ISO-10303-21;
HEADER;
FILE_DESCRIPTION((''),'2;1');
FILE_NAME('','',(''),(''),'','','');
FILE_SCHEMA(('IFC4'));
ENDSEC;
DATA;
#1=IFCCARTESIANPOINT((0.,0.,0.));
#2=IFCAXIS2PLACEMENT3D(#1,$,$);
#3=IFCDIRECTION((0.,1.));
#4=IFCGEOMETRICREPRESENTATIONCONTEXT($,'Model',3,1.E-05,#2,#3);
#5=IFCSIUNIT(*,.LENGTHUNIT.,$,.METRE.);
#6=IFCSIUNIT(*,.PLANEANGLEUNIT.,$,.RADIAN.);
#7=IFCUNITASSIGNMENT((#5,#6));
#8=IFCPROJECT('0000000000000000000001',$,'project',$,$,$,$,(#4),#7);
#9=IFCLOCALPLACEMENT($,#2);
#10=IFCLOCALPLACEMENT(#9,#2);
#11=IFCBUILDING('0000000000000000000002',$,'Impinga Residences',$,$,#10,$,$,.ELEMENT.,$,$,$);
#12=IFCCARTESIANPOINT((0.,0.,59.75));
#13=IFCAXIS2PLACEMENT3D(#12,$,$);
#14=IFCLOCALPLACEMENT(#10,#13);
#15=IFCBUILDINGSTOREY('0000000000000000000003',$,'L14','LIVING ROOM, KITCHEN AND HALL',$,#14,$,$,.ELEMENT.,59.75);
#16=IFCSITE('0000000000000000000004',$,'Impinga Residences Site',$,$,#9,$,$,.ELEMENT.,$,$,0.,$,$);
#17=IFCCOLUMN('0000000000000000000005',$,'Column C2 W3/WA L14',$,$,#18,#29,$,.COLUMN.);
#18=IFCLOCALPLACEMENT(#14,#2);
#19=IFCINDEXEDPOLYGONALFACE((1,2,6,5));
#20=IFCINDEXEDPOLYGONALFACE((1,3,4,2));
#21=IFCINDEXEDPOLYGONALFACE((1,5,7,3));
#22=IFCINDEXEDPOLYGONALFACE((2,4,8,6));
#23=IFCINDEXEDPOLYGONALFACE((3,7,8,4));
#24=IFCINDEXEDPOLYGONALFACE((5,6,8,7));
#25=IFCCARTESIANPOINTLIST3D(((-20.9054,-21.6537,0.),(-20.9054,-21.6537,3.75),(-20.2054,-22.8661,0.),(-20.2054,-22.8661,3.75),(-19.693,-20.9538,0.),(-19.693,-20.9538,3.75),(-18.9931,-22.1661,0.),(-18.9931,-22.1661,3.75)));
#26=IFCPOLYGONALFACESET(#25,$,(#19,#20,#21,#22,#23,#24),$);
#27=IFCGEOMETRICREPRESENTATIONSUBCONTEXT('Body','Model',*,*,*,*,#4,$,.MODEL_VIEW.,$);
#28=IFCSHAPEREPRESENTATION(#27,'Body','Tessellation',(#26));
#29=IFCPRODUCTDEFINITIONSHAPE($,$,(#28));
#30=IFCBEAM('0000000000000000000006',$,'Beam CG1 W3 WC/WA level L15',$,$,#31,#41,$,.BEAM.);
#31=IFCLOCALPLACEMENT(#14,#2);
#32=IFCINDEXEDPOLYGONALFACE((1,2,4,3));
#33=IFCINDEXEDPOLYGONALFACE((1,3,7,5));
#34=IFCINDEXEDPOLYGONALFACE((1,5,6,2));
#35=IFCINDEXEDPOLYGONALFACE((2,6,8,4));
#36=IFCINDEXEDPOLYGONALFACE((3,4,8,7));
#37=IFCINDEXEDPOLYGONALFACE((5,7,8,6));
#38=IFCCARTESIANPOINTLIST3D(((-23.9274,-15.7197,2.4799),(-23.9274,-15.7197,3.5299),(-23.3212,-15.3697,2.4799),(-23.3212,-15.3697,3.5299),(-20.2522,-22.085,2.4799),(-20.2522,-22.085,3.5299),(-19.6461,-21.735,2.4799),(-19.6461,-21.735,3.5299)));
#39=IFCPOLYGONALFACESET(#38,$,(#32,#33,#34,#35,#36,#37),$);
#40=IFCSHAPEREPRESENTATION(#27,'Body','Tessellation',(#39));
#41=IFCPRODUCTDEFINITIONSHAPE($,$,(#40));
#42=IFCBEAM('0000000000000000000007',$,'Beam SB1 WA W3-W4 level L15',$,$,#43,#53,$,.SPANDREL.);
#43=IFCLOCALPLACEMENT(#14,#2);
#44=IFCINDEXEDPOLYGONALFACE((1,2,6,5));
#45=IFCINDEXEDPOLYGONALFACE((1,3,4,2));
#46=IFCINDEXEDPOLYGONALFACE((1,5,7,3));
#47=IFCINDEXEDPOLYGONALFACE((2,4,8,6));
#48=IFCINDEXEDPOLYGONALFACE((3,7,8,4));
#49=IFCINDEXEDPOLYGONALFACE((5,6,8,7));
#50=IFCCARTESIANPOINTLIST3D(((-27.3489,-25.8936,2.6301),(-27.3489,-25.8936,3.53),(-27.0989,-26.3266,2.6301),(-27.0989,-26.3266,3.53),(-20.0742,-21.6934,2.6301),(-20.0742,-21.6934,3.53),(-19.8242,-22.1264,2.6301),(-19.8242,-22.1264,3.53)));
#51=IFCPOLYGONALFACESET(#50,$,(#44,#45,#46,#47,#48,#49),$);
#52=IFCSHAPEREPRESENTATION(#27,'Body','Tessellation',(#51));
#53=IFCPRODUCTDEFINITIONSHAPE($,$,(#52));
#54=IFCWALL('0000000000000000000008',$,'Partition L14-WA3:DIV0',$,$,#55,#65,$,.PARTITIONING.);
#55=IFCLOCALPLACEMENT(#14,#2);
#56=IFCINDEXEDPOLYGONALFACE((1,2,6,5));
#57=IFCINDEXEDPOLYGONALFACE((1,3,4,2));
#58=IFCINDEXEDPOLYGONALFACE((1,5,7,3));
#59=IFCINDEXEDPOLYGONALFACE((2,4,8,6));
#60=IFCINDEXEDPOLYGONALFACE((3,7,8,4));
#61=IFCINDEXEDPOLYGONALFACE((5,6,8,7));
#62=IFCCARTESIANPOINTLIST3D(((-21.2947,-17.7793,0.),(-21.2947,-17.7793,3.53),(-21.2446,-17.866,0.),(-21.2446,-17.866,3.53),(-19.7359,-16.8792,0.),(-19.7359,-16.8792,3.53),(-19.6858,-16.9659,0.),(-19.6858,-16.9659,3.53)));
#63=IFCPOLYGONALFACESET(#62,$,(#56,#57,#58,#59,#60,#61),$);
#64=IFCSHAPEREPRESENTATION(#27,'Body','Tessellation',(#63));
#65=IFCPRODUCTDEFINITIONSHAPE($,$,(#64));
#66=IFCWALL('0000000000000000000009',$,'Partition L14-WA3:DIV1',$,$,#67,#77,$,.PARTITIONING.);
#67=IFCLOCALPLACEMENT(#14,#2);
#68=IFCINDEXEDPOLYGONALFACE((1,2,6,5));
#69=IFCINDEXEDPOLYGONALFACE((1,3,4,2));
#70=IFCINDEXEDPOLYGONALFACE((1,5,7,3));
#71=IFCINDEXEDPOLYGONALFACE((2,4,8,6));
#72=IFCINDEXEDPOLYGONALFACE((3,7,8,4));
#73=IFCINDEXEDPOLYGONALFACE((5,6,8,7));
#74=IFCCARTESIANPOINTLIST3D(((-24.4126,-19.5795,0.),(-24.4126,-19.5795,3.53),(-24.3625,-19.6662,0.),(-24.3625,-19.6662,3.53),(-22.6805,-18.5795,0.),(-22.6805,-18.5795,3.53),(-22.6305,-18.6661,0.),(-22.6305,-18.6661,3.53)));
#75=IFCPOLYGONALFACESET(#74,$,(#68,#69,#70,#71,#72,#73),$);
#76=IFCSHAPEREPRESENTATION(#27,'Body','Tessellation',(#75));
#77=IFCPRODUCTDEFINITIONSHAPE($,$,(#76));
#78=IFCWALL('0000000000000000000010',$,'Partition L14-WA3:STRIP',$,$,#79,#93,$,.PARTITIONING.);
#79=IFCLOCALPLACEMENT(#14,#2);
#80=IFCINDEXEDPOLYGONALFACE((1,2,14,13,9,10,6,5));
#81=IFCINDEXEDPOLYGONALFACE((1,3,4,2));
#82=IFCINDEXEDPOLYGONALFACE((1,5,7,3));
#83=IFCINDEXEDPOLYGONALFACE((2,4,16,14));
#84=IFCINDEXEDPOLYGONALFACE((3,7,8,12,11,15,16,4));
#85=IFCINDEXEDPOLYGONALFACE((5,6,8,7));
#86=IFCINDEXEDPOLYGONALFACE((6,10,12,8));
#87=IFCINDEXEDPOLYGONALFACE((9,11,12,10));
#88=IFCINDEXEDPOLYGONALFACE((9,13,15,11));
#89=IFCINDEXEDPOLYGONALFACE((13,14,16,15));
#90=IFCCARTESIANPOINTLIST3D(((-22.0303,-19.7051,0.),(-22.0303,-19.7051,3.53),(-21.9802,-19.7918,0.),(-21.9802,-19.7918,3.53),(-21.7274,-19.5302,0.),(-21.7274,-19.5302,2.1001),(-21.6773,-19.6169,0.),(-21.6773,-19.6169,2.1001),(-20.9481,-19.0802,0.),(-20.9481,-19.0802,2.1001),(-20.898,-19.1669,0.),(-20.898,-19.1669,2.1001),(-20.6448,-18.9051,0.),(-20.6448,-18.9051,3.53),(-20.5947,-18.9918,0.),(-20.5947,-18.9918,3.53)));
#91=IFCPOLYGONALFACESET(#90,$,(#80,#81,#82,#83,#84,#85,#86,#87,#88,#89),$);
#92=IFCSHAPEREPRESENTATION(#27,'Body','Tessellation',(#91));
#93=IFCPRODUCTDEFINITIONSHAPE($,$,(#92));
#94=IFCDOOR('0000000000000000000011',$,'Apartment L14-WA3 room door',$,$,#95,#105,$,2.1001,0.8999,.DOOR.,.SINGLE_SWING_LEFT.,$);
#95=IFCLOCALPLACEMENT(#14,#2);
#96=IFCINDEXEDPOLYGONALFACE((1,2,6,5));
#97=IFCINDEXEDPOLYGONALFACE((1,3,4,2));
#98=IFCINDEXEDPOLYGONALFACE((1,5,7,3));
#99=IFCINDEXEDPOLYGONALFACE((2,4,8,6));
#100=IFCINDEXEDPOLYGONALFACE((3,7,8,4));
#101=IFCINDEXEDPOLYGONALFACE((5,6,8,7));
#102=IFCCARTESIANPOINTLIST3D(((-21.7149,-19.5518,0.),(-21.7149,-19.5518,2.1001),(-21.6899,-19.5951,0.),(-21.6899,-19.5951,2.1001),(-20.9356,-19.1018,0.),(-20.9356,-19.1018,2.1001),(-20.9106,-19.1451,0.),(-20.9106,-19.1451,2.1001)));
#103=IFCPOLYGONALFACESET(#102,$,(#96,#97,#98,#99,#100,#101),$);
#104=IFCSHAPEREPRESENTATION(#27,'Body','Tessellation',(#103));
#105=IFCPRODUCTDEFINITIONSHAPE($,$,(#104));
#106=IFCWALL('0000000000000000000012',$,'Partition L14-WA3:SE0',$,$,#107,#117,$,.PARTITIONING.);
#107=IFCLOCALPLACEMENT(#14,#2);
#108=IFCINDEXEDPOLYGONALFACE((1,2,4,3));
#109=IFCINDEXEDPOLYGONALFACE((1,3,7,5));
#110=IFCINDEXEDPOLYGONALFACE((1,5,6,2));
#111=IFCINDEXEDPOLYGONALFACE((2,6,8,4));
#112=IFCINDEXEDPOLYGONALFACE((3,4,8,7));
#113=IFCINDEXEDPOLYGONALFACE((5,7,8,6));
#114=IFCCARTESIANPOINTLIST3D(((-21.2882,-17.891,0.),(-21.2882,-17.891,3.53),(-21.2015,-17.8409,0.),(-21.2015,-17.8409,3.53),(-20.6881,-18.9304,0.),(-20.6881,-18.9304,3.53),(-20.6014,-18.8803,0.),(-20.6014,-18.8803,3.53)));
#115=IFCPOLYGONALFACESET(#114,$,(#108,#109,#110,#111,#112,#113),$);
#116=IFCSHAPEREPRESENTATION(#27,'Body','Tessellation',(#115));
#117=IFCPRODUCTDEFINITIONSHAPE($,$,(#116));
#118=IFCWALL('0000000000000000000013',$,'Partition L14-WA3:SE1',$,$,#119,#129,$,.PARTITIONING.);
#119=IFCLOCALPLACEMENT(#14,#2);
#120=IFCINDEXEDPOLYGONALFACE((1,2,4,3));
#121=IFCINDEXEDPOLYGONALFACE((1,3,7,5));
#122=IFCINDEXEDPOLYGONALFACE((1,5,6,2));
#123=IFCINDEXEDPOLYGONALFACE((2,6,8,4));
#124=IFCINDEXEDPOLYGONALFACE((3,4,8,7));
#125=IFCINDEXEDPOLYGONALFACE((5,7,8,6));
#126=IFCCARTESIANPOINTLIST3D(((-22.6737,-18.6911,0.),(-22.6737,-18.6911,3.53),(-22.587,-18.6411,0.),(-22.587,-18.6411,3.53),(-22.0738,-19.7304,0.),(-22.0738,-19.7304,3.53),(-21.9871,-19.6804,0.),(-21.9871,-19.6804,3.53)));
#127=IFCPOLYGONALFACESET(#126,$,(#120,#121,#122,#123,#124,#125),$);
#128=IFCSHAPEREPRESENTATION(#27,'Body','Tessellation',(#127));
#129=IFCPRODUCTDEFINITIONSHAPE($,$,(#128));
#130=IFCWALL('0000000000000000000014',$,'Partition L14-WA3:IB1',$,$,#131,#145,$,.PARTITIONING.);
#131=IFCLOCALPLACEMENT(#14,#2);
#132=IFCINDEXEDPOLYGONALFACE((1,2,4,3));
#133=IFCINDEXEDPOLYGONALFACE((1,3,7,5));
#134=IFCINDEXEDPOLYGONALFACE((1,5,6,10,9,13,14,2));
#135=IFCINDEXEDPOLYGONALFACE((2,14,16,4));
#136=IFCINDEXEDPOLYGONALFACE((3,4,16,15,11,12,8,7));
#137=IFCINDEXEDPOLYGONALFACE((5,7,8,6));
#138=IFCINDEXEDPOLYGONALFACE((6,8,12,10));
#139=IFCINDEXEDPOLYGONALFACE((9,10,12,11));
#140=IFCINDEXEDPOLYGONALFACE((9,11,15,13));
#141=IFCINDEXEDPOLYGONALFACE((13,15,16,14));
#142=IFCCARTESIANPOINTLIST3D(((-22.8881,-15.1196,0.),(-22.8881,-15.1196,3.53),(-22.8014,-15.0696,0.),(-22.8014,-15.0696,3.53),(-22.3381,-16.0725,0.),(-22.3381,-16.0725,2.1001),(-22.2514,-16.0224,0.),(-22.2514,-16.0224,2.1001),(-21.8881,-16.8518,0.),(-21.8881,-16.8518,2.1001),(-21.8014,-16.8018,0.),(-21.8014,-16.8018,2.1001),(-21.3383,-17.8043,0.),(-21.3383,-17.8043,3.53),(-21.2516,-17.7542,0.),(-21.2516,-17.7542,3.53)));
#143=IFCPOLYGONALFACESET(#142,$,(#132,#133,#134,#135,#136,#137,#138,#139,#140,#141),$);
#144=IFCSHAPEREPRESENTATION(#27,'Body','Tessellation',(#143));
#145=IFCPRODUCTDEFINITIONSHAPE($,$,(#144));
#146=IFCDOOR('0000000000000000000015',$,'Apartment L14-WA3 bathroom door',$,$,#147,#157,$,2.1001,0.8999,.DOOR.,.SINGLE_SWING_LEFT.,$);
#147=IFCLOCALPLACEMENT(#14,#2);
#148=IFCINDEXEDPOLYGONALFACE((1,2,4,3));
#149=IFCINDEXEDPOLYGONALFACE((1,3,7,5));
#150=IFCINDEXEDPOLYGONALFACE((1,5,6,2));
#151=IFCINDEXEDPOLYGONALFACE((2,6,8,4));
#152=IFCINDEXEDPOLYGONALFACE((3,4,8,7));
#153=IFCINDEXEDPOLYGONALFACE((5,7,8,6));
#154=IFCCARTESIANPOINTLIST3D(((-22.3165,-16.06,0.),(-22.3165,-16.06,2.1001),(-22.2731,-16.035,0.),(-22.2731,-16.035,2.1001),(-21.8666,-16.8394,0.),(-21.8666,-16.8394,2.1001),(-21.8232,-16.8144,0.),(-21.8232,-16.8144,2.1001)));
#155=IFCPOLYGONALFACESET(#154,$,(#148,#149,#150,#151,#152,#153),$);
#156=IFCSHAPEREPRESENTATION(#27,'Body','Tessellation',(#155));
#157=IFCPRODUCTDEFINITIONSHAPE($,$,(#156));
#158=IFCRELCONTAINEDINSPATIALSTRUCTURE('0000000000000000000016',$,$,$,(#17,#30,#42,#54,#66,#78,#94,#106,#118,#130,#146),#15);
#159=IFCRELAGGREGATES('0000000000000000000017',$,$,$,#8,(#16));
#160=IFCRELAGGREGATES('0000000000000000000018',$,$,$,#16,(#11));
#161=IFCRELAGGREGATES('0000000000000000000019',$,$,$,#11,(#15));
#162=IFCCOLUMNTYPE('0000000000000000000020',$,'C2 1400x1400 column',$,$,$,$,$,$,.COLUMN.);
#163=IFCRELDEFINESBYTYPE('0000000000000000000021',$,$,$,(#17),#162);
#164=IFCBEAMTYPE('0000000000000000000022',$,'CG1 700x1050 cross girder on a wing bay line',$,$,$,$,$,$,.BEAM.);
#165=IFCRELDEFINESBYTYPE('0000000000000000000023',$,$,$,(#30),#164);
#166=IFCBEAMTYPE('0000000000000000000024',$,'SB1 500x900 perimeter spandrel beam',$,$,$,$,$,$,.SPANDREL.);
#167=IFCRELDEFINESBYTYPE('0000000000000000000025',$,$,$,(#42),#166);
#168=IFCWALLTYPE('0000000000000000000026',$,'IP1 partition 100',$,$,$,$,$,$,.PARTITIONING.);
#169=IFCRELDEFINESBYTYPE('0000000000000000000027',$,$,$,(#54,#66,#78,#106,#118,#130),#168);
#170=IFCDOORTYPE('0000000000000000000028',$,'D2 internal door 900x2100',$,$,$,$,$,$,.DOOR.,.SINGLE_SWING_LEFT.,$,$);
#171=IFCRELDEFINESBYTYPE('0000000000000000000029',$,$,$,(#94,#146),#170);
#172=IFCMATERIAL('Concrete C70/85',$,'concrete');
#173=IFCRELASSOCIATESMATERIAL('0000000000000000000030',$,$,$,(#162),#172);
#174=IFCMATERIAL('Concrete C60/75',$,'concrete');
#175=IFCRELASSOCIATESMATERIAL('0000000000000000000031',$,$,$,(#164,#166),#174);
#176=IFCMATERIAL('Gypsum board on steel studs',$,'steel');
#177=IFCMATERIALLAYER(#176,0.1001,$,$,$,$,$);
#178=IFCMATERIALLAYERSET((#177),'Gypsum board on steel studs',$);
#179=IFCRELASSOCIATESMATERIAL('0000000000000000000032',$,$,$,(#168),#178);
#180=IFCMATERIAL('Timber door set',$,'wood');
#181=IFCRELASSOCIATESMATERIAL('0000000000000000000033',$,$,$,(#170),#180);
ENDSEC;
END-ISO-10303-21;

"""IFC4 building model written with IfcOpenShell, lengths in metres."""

from ifc_helpers import new_model, si_unit, direction, frame, frame_2d, origin, origin_2d, place, context, subcontext, project, spatial, rectangle, extrude, material, layer, layer_set, material_profile, profile_set, type_object, element, fill, save


model = new_model("IFC4")

# Units and contexts
model_context = context("Model", 3, precision=1e-05, world=origin(), true_north=direction((0.0, 1.0)))
body_context = subcontext(model_context, "Body", "Model", "MODEL_VIEW")
ifc_project = project(units=[si_unit("LENGTHUNIT", "METRE"), si_unit("PLANEANGLEUNIT", "RADIAN")], contexts=[model_context])

# Site, building, storey
site_placement = place(None, origin())
site = spatial("IfcSite", under=ifc_project, at=site_placement, Name="Impinga Residences Site", CompositionType="ELEMENT", RefElevation=0.0)
building_placement = place(site_placement, origin())
building = spatial("IfcBuilding", under=site, at=building_placement, Name="Impinga Residences", CompositionType="ELEMENT")
storey_placement = place(building_placement, frame((0.0, 0.0, 59.75)))
storey = spatial("IfcBuildingStorey", under=building, at=storey_placement, Name="L14", Description="LIVING ROOM, KITCHEN AND HALL", CompositionType="ELEMENT", Elevation=59.75)

# Column
ifc_material_1 = material(Name="Concrete C70/85", Category="concrete")
ifc_material_profile_1 = material_profile(ifc_material_1, rectangle(XDim=1.3999, YDim=1.3999, at=origin_2d()), Name="RC 1400x1400")
ifc_profile_set_1 = profile_set([ifc_material_profile_1], Name="Concrete C70/85")
column_type = type_object("IfcColumnType", Name="C2 1400x1400 column", PredefinedType="COLUMN", material=ifc_profile_set_1)
column_placement = place(storey_placement, frame((-19.9492, -21.9099, 0.0), z_axis=(0.0, 0.0, 1.0), x_axis=(-0.5, 0.866025, 0.0)))
element("IfcColumn", 1, at=column_placement, inside=storey, type_object=column_type, Name="Column C2 W3/WA L14", PredefinedType="COLUMN", context=body_context, shape_type="SweptSolid", body=[
    extrude(rectangle(XDim=1.3999, YDim=1.3999, at=origin_2d()), origin(), (0.0, 0.0, 1.0), 3.75),
])

# Beams
ifc_material_2 = material(Name="Concrete C60/75", Category="concrete")
ifc_material_profile_2 = material_profile(ifc_material_2, rectangle(XDim=0.7, YDim=1.05, at=origin_2d()), Name="RC 700x1050")
ifc_profile_set_2 = profile_set([ifc_material_profile_2], Name="Concrete C60/75")
beam_type_1 = type_object("IfcBeamType", Name="CG1 700x1050 cross girder on a wing bay line", PredefinedType="BEAM", material=ifc_profile_set_2)
beam_1_placement = place(storey_placement, frame((-23.6243, -15.5447, 3.0049), z_axis=(0.500008, -0.866021, 0.0), x_axis=(0.866021, 0.500008, 0.0)))
element("IfcBeam", 2, at=beam_1_placement, inside=storey, type_object=beam_type_1, Name="Beam CG1 W3 WC/WA level L15", PredefinedType="BEAM", context=body_context, shape_type="SweptSolid", body=[
    extrude(rectangle(XDim=0.7, YDim=1.05, at=origin_2d()), origin(), (0.0, 0.0, 1.0), 7.3501),
])
ifc_material_profile_3 = material_profile(ifc_material_2, rectangle(XDim=0.5, YDim=0.8999, at=origin_2d()), Name="RC 500x900")
ifc_profile_set_3 = profile_set([ifc_material_profile_3], Name="Concrete C60/75")
beam_type_2 = type_object("IfcBeamType", Name="SB1 500x900 perimeter spandrel beam", PredefinedType="SPANDREL", material=ifc_profile_set_3)
beam_2_placement = place(storey_placement, frame((-19.9492, -21.9099, 3.0801), z_axis=(-0.866017, -0.500015, 0.0), x_axis=(0.500015, -0.866017, 0.0)))
element("IfcBeam", 3, at=beam_2_placement, inside=storey, type_object=beam_type_2, Name="Beam SB1 WA W3-W4 level L15", PredefinedType="SPANDREL", context=body_context, shape_type="SweptSolid", body=[
    extrude(rectangle(XDim=0.5, YDim=0.8999, at=origin_2d()), origin(), (0.0, 0.0, 1.0), 8.4001),
])

# Walls
ifc_material_3 = material(Name="Gypsum board on steel studs", Category="steel")
ifc_layer_1 = layer(ifc_material_3, 0.1001)
ifc_layer_set_1 = layer_set([ifc_layer_1], Name="Gypsum board on steel studs")
wall_type_1 = type_object("IfcWallType", Name="IP1 partition 100", PredefinedType="PARTITIONING", material=ifc_layer_set_1)
wall_1_placement = place(storey_placement, frame((-19.7109, -16.9226, 0.0), z_axis=(0.0, 0.0, 1.0), x_axis=(-0.865989, -0.500063, 0.0)))
element("IfcWall", 4, at=wall_1_placement, inside=storey, type_object=wall_type_1, Name="Partition L14-WA3:DIV0", PredefinedType="PARTITIONING", context=body_context, shape_type="SweptSolid", body=[
    extrude(rectangle(XDim=1.8, YDim=0.1001, at=frame_2d((0.8999, 0.0))), origin(), (0.0, 0.0, 1.0), 3.53),
])
wall_2_placement = place(storey_placement, frame((-22.6555, -18.6228, 0.0), z_axis=(0.0, 0.0, 1.0), x_axis=(-0.866011, -0.500025, 0.0)))
element("IfcWall", 5, at=wall_2_placement, inside=storey, type_object=wall_type_1, Name="Partition L14-WA3:DIV1", PredefinedType="PARTITIONING", context=body_context, shape_type="SweptSolid", body=[
    extrude(rectangle(XDim=2.0, YDim=0.1001, at=frame_2d((1.0, 0.0))), origin(), (0.0, 0.0, 1.0), 3.53),
])

# Wall, opening, door
wall_3_placement = place(storey_placement, frame((-20.6199, -18.9485, 0.0), z_axis=(0.0, 0.0, 1.0), x_axis=(-0.86599, -0.500061, 0.0)))
wall_3 = element("IfcWall", 6, at=wall_3_placement, inside=storey, type_object=wall_type_1, Name="Partition L14-WA3:STRIP", PredefinedType="PARTITIONING", context=body_context, shape_type="SweptSolid", body=[
    extrude(rectangle(XDim=1.5999, YDim=0.1001, at=frame_2d((0.7998, 0.0))), origin(), (0.0, 0.0, 1.0), 3.53),
])
opening_1_placement = place(wall_3_placement, frame((0.3501, 0.0, 0.0)))
opening_1 = element("IfcOpeningElement", 7, at=opening_1_placement, cuts=wall_3, PredefinedType="OPENING", context=body_context, shape_type="SweptSolid", body=[
    extrude(rectangle(XDim=0.8999, YDim=2.1001, at=frame_2d((0.45, 1.05))), frame((0.0, 0.0601, 0.0), z_axis=(0.0, -1.0, 0.0), x_axis=(1.0, 0.0, 0.0)), (0.0, 0.0, 1.0), 0.1201),
])
ifc_material_4 = material(Name="Timber door set", Category="wood")
door_type = type_object("IfcDoorType", Name="D2 internal door 900x2100", OperationType="SINGLE_SWING_LEFT", PredefinedType="DOOR", material=ifc_material_4)
door_1_placement = place(opening_1_placement, origin())
door_1 = element("IfcDoor", 8, at=door_1_placement, inside=storey, type_object=door_type, Name="Apartment L14-WA3 room door", OperationType="SINGLE_SWING_LEFT", OverallHeight=2.1001, OverallWidth=0.8999, PredefinedType="DOOR", context=body_context, shape_type="SweptSolid", body=[
    extrude(rectangle(XDim=0.8999, YDim=2.1001, at=frame_2d((0.45, 1.05))), frame((0.0, 0.0249, 0.0), z_axis=(0.0, -1.0, 0.0), x_axis=(1.0, 0.0, 0.0)), (0.0, 0.0, 1.0), 0.05),
])
fill(opening_1, door_1)

# Walls
wall_4_placement = place(storey_placement, frame((-21.2449, -17.866, 0.0), z_axis=(0.0, 0.0, 1.0), x_axis=(0.500034, -0.866006, 0.0)))
element("IfcWall", 9, at=wall_4_placement, inside=storey, type_object=wall_type_1, Name="Partition L14-WA3:SE0", PredefinedType="PARTITIONING", context=body_context, shape_type="SweptSolid", body=[
    extrude(rectangle(XDim=1.2002, YDim=0.1001, at=frame_2d((0.6001, 0.0))), origin(), (0.0, 0.0, 1.0), 3.53),
])
wall_5_placement = place(storey_placement, frame((-22.6304, -18.666, 0.0), z_axis=(0.0, 0.0, 1.0), x_axis=(0.499881, -0.866094, 0.0)))
element("IfcWall", 10, at=wall_5_placement, inside=storey, type_object=wall_type_1, Name="Partition L14-WA3:SE1", PredefinedType="PARTITIONING", context=body_context, shape_type="SweptSolid", body=[
    extrude(rectangle(XDim=1.2, YDim=0.1001, at=frame_2d((0.6001, 0.0))), origin(), (0.0, 0.0, 1.0), 3.53),
])

# Wall, opening, door
wall_6_placement = place(storey_placement, frame((-22.8447, -15.0947, 0.0), z_axis=(0.0, 0.0, 1.0), x_axis=(0.499968, -0.866044, 0.0)))
wall_6 = element("IfcWall", 11, at=wall_6_placement, inside=storey, type_object=wall_type_1, Name="Partition L14-WA3:IB1", PredefinedType="PARTITIONING", context=body_context, shape_type="SweptSolid", body=[
    extrude(rectangle(XDim=3.0999, YDim=0.1001, at=frame_2d((1.5498, 0.0))), origin(), (0.0, 0.0, 1.0), 3.53),
])
opening_2_placement = place(wall_6_placement, frame((1.1001, 0.0, 0.0)))
opening_2 = element("IfcOpeningElement", 12, at=opening_2_placement, cuts=wall_6, PredefinedType="OPENING", context=body_context, shape_type="SweptSolid", body=[
    extrude(rectangle(XDim=0.8999, YDim=2.1001, at=frame_2d((0.45, 1.05))), frame((0.0, 0.0601, 0.0), z_axis=(0.0, -1.0, 0.0), x_axis=(1.0, 0.0, 0.0)), (0.0, 0.0, 1.0), 0.1201),
])
door_2_placement = place(opening_2_placement, origin())
door_2 = element("IfcDoor", 13, at=door_2_placement, inside=storey, type_object=door_type, Name="Apartment L14-WA3 bathroom door", OperationType="SINGLE_SWING_LEFT", OverallHeight=2.1001, OverallWidth=0.8999, PredefinedType="DOOR", context=body_context, shape_type="SweptSolid", body=[
    extrude(rectangle(XDim=0.8999, YDim=2.1001, at=frame_2d((0.45, 1.05))), frame((0.0, 0.0249, 0.0), z_axis=(0.0, -1.0, 0.0), x_axis=(1.0, 0.0, 0.0)), (0.0, 0.0, 1.0), 0.05),
])
fill(opening_2, door_2)

save(model, "model.ifc")
